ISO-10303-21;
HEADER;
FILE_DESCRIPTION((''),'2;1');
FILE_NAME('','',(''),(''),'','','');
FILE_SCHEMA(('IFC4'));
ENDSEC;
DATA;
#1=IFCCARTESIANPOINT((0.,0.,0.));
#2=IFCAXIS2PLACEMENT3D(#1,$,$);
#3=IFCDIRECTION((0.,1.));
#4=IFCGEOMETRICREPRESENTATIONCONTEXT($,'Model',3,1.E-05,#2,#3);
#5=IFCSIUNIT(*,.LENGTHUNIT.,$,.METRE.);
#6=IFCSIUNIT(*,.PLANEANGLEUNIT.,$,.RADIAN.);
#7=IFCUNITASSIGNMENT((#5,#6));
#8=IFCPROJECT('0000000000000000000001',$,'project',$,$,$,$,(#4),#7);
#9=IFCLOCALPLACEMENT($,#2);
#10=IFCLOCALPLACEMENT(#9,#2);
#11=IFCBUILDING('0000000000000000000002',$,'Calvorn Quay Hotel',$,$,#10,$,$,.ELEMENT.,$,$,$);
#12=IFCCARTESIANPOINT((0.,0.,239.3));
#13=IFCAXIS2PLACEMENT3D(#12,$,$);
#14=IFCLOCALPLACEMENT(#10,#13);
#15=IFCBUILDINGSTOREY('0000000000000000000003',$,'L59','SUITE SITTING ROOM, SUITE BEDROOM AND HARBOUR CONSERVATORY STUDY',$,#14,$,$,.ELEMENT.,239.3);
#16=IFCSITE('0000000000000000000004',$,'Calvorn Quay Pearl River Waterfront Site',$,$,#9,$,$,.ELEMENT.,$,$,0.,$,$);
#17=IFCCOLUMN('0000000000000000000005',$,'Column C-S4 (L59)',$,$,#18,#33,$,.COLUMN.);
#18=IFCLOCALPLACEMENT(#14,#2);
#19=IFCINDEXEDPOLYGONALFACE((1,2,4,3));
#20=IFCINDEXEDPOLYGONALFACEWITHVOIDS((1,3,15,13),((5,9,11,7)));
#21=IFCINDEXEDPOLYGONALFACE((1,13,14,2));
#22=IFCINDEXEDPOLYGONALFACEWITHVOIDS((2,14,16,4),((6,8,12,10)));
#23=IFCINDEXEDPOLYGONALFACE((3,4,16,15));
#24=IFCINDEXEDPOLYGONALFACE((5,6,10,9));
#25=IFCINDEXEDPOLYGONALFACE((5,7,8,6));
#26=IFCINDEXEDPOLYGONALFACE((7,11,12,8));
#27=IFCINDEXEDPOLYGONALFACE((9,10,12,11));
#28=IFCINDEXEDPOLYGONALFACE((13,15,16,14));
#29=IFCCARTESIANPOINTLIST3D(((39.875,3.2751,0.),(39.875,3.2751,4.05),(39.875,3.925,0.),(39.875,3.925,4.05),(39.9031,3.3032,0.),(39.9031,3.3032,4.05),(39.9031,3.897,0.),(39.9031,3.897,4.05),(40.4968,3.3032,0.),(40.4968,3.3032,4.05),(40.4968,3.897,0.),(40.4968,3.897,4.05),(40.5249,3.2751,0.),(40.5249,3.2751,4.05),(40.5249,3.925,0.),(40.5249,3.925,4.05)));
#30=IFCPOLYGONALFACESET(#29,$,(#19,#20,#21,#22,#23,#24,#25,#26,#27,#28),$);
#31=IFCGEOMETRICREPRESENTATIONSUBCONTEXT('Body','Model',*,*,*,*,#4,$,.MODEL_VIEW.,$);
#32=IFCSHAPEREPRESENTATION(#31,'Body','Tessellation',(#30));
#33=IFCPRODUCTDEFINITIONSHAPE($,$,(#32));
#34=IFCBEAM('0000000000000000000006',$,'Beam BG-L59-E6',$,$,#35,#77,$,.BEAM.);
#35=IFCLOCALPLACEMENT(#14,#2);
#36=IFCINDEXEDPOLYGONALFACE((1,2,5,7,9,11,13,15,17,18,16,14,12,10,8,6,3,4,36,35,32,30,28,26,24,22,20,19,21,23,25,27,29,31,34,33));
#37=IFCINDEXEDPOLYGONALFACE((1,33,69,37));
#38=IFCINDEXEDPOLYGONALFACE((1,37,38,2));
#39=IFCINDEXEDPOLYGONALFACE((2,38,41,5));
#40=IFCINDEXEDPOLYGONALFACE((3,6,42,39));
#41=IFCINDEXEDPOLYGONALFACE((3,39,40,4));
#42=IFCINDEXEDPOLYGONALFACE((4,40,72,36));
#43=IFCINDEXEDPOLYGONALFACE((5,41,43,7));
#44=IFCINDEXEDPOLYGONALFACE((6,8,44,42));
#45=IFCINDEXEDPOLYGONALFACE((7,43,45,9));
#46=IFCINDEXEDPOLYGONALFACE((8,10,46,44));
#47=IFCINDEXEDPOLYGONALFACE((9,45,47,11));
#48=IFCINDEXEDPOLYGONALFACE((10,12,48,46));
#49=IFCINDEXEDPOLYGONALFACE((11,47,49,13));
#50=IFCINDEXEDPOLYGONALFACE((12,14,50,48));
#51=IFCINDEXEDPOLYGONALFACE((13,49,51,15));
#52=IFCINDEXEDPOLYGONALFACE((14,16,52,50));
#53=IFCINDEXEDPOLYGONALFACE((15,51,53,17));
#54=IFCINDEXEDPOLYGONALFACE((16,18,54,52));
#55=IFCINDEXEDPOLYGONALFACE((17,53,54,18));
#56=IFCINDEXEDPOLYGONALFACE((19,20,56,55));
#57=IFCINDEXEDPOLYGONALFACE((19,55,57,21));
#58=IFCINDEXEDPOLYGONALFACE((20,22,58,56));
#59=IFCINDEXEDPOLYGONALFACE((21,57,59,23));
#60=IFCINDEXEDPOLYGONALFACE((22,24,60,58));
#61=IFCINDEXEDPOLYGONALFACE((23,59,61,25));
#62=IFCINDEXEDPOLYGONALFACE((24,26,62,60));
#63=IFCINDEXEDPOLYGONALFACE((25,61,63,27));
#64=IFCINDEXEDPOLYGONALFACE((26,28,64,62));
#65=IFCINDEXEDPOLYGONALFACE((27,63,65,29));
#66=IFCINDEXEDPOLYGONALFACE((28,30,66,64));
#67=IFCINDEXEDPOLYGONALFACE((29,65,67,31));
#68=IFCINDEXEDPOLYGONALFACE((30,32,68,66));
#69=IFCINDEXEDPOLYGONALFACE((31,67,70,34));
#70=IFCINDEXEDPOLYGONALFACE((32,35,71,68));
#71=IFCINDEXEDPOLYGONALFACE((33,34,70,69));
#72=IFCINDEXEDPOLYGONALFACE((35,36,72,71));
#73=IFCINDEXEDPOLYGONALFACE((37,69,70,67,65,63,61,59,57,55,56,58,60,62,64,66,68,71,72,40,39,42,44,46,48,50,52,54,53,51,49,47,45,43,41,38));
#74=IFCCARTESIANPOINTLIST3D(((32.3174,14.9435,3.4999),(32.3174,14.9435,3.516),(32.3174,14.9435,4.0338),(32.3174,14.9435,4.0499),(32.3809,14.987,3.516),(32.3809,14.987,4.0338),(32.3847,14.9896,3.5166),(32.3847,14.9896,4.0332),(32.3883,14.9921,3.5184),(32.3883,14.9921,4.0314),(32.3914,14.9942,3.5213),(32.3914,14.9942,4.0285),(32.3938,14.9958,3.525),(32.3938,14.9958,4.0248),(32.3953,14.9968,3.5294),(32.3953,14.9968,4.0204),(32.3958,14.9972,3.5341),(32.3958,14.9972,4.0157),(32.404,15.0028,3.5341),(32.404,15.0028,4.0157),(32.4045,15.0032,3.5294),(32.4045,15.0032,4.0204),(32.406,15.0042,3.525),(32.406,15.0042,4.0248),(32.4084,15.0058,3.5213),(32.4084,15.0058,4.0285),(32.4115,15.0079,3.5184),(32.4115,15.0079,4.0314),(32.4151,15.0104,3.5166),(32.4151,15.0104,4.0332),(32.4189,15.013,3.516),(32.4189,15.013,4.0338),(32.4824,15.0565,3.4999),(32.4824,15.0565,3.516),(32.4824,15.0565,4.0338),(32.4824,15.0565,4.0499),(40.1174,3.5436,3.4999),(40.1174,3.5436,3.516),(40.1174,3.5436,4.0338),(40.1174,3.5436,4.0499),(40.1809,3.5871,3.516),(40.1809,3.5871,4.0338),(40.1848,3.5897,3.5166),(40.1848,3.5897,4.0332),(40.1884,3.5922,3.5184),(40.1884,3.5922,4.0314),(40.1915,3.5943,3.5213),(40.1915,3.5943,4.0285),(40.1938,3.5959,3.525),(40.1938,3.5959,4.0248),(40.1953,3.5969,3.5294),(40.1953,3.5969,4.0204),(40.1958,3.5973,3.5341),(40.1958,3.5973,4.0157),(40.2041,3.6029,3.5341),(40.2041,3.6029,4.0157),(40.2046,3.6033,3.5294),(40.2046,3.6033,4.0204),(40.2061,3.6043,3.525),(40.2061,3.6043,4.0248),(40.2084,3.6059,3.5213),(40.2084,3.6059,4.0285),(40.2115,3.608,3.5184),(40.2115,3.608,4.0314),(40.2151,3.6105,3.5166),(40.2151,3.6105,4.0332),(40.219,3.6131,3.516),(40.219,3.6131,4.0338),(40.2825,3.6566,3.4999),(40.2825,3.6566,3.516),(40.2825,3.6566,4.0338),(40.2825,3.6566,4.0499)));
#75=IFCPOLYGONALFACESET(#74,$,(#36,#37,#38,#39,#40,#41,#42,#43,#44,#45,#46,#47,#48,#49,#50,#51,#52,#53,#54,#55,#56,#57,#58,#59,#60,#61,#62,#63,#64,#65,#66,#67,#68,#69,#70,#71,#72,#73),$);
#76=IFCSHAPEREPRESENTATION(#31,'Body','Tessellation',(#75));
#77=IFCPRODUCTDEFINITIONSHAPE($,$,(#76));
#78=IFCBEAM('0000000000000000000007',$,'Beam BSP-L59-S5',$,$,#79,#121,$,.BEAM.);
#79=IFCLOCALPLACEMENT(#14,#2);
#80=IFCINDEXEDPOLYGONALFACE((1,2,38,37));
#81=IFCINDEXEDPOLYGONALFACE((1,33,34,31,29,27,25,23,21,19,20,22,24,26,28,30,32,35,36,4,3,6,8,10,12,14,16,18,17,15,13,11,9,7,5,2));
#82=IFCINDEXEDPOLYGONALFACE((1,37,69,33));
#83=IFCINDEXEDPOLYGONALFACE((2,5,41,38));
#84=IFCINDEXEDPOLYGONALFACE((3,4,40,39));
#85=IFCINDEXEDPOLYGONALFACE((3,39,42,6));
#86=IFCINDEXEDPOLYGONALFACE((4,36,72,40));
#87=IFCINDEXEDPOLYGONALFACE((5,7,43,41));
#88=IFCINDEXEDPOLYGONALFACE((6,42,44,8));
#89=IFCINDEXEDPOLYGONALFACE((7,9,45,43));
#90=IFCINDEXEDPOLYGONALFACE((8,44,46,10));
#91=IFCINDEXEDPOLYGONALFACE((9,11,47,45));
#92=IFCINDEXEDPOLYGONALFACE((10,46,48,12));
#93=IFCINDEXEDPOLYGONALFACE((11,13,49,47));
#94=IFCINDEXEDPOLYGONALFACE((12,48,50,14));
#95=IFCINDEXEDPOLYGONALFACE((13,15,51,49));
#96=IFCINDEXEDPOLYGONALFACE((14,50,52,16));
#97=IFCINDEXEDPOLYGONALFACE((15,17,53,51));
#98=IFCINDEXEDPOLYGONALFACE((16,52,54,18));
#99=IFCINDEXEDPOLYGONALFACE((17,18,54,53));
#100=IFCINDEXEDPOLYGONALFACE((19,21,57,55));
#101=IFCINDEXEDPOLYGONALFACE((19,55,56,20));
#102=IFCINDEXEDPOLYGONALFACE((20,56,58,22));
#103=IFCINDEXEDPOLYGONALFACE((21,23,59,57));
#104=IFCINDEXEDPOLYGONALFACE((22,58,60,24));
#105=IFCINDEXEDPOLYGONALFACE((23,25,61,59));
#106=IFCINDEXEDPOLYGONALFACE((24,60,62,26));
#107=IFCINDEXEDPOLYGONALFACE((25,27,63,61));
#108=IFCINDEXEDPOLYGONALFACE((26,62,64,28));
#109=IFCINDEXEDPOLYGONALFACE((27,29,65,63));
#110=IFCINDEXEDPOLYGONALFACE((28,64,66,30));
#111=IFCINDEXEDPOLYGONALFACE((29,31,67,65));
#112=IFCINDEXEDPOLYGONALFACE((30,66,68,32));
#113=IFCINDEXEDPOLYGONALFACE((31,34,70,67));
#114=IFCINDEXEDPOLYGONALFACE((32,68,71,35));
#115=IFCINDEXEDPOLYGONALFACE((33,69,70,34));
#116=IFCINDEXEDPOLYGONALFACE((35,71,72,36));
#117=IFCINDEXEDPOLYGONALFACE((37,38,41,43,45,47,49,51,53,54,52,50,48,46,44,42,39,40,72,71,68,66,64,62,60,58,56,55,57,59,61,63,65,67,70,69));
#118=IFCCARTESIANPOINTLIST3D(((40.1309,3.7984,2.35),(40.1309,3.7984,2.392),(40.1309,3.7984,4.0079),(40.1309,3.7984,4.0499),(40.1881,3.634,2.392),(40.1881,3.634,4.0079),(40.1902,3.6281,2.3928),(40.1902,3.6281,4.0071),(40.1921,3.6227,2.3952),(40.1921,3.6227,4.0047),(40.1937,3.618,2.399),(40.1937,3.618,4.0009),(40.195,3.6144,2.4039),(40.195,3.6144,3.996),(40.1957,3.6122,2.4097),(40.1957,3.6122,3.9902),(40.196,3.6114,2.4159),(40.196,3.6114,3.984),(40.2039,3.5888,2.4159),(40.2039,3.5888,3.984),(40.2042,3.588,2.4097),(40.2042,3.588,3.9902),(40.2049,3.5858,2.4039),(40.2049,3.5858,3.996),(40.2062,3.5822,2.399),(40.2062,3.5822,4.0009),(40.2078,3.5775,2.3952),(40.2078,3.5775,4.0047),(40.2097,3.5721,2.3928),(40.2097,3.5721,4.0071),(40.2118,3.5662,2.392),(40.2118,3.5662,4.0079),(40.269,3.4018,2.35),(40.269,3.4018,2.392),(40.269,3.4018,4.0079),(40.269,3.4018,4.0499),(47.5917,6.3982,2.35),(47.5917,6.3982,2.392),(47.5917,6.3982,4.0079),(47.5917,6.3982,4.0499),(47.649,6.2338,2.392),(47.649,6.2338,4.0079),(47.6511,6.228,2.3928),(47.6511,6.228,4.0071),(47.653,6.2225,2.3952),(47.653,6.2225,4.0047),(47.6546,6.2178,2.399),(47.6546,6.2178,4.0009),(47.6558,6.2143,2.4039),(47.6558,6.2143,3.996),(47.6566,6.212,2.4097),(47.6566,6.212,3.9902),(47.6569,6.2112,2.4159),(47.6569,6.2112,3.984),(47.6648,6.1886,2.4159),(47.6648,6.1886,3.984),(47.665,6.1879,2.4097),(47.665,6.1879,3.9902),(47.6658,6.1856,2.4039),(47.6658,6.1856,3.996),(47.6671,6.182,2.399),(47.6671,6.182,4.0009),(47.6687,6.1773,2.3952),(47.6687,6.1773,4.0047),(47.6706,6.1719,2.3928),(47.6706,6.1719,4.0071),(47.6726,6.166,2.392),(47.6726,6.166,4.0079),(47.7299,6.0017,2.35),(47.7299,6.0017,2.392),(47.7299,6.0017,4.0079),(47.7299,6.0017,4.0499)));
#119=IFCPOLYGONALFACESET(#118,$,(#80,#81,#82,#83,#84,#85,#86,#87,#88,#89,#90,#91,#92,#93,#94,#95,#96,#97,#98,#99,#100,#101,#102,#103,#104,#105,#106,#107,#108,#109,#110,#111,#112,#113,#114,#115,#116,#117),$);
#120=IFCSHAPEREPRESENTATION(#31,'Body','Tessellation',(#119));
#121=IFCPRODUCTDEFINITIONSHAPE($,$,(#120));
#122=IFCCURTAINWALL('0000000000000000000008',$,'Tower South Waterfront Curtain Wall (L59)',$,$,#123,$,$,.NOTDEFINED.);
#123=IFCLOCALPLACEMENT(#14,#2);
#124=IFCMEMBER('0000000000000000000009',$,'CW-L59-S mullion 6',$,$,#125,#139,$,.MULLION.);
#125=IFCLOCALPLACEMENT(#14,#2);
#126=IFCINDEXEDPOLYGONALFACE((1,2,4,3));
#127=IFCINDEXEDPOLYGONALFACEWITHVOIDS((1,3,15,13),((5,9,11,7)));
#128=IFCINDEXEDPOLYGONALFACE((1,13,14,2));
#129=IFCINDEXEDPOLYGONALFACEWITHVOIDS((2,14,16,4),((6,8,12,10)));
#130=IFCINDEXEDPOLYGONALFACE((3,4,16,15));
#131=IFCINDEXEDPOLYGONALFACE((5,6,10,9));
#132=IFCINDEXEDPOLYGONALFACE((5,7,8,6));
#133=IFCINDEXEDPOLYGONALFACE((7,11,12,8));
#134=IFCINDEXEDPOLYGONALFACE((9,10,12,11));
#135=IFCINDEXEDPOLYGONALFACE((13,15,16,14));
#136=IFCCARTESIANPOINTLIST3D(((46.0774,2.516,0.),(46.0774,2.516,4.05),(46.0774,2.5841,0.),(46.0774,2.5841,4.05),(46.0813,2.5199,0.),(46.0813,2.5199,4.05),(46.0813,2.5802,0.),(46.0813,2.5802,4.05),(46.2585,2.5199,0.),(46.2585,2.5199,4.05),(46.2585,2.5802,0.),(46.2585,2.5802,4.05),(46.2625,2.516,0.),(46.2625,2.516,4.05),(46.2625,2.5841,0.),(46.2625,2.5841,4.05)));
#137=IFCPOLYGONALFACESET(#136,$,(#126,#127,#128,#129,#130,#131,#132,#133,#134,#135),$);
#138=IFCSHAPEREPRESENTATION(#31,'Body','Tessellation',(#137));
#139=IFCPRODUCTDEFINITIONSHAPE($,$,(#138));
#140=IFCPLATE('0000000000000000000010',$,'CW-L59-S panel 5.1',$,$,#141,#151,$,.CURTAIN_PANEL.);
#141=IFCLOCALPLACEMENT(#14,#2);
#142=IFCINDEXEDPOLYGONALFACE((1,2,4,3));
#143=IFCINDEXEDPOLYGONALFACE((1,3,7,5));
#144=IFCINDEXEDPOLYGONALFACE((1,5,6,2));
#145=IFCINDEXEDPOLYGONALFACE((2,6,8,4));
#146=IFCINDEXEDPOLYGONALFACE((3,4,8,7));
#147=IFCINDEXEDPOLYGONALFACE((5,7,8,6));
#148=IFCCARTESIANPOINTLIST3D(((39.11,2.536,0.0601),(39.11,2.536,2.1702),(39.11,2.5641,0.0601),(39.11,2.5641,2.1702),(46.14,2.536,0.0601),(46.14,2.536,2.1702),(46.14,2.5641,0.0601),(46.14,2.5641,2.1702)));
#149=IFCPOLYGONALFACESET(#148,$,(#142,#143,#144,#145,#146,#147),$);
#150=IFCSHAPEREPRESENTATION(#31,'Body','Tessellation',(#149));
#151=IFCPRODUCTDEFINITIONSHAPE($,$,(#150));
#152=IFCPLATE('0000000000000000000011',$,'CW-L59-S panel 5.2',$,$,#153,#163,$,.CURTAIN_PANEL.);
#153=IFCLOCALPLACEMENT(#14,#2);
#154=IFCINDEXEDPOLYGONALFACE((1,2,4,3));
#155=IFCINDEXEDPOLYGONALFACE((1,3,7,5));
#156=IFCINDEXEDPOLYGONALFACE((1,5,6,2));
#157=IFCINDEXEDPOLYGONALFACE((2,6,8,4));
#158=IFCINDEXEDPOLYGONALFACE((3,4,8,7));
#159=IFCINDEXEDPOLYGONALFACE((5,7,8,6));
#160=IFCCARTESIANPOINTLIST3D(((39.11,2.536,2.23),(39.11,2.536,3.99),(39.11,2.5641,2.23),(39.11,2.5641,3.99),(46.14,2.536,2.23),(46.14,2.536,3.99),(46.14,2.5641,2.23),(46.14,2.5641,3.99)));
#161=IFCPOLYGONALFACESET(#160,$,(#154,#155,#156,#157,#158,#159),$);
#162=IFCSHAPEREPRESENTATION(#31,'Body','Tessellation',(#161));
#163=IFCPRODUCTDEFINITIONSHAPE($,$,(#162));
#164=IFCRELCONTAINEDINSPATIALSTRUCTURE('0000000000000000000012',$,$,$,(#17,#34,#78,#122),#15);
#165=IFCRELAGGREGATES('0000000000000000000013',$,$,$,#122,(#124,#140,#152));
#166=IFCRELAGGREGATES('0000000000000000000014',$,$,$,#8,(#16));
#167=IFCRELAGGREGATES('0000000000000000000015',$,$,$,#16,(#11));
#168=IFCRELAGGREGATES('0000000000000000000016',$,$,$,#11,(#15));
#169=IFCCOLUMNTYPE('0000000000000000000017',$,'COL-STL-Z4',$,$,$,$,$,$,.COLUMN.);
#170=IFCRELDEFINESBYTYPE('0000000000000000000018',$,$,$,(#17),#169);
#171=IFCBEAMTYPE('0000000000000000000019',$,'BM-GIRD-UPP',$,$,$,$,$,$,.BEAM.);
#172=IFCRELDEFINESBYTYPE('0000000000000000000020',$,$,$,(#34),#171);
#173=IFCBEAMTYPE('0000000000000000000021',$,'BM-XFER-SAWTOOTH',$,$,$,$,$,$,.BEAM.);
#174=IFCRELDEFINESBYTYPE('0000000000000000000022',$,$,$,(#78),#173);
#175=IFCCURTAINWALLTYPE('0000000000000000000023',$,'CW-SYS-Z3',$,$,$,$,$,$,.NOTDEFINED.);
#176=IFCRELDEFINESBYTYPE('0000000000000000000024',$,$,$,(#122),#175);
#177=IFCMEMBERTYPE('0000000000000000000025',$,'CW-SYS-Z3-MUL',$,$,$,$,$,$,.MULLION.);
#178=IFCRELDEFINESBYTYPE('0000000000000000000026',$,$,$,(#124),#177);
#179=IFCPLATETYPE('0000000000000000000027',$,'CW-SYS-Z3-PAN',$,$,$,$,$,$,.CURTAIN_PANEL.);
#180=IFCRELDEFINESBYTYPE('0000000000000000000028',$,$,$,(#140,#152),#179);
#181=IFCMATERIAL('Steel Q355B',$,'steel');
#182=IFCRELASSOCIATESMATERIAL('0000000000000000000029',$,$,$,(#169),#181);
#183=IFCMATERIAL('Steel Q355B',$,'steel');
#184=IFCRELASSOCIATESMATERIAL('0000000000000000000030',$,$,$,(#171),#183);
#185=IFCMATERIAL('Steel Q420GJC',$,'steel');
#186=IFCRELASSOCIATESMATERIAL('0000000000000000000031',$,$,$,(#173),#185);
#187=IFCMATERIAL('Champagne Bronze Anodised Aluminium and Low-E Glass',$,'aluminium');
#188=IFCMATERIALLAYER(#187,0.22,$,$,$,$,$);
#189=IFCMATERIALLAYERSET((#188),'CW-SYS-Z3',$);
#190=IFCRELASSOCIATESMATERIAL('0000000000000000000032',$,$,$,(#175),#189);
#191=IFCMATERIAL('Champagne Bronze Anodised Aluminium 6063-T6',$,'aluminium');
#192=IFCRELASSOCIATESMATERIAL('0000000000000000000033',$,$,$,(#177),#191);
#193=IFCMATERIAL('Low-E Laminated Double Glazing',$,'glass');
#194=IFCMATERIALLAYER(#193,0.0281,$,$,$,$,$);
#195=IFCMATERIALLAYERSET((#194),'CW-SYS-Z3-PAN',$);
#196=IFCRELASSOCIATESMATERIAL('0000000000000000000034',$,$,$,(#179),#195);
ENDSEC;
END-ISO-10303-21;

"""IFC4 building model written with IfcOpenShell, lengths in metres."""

from ifc_helpers import new_model, si_unit, direction, frame, origin, origin_2d, place, context, subcontext, project, spatial, rectangle, hollow_rectangle, i_section, extrude, material, layer, layer_set, material_profile, profile_set, type_object, element, aggregate, save


model = new_model("IFC4")

# Units and contexts
model_context = context("Model", 3, precision=1e-05, world=origin(), true_north=direction((0.0, 1.0)))
body_context = subcontext(model_context, "Body", "Model", "MODEL_VIEW")
ifc_project = project(units=[si_unit("LENGTHUNIT", "METRE"), si_unit("PLANEANGLEUNIT", "RADIAN")], contexts=[model_context])

# Site, building, storey
site_placement = place(None, origin())
site = spatial("IfcSite", under=ifc_project, at=site_placement, Name="Calvorn Quay Pearl River Waterfront Site", CompositionType="ELEMENT", RefElevation=0.0)
building_placement = place(site_placement, origin())
building = spatial("IfcBuilding", under=site, at=building_placement, Name="Calvorn Quay Hotel", CompositionType="ELEMENT")
storey_placement = place(building_placement, frame((0.0, 0.0, 239.3)))
storey = spatial("IfcBuildingStorey", under=building, at=storey_placement, Name="L59", Description="SUITE SITTING ROOM, SUITE BEDROOM AND HARBOUR CONSERVATORY STUDY", CompositionType="ELEMENT", Elevation=239.3)

# Column
ifc_material_1 = material(Name="Steel Q355B", Category="steel")
ifc_material_profile_1 = material_profile(ifc_material_1, hollow_rectangle(XDim=0.6499, YDim=0.6499, WallThickness=0.0281, at=origin_2d()), Name="BOX650x650x28")
ifc_profile_set_1 = profile_set([ifc_material_profile_1], Name="Steel Q355B")
column_type = type_object("IfcColumnType", Name="COL-STL-Z4", PredefinedType="COLUMN", material=ifc_profile_set_1)
column_placement = place(storey_placement, frame((40.2, 3.6001, 0.0), z_axis=(0.0, 0.0, 1.0), x_axis=(1.0, 0.0, 0.0)))
element("IfcColumn", 1, at=column_placement, inside=storey, type_object=column_type, Name="Column C-S4 (L59)", PredefinedType="COLUMN", context=body_context, shape_type="SweptSolid", body=[
    extrude(hollow_rectangle(XDim=0.6499, YDim=0.6499, WallThickness=0.0281, at=origin_2d()), origin(), (0.0, 0.0, 1.0), 4.05),
])

# Beams
ifc_material_2 = material(Name="Steel Q355B", Category="steel")
ifc_material_profile_2 = material_profile(ifc_material_2, i_section(OverallWidth=0.2, OverallDepth=0.55, WebThickness=0.01, FlangeThickness=0.0161, FilletRadius=0.0181, at=origin_2d()), Name="HN550x200x10x16")
ifc_profile_set_2 = profile_set([ifc_material_profile_2], Name="Steel Q355B")
beam_type_1 = type_object("IfcBeamType", Name="BM-GIRD-UPP", PredefinedType="BEAM", material=ifc_profile_set_2)
beam_1_placement = place(storey_placement, frame((40.2, 3.6001, 3.7749), z_axis=(-0.56469, 0.825303, 0.0), x_axis=(-0.825303, -0.56469, 0.0)))
element("IfcBeam", 2, at=beam_1_placement, inside=storey, type_object=beam_type_1, Name="Beam BG-L59-E6", PredefinedType="BEAM", context=body_context, shape_type="SweptSolid", body=[
    extrude(i_section(OverallWidth=0.2, OverallDepth=0.55, WebThickness=0.01, FlangeThickness=0.0161, FilletRadius=0.0181, at=origin_2d()), origin(), (0.0, 0.0, 1.0), 13.813),
])
ifc_material_3 = material(Name="Steel Q420GJC", Category="steel")
ifc_material_profile_3 = material_profile(ifc_material_3, i_section(OverallWidth=0.4199, OverallDepth=1.7, WebThickness=0.0239, FlangeThickness=0.042, FilletRadius=0.0239, at=origin_2d()), Name="HN1700x420x24x42")
ifc_profile_set_3 = profile_set([ifc_material_profile_3], Name="Steel Q420GJC")
beam_type_2 = type_object("IfcBeamType", Name="BM-XFER-SAWTOOTH", PredefinedType="BEAM", material=ifc_profile_set_3)
beam_2_placement = place(storey_placement, frame((40.2, 3.6001, 3.2), z_axis=(0.94431, 0.329056, 0.0), x_axis=(-0.329056, 0.94431, 0.0)))
element("IfcBeam", 3, at=beam_2_placement, inside=storey, type_object=beam_type_2, Name="Beam BSP-L59-S5", PredefinedType="BEAM", context=body_context, shape_type="SweptSolid", body=[
    extrude(i_section(OverallWidth=0.4199, OverallDepth=1.7, WebThickness=0.0239, FlangeThickness=0.042, FilletRadius=0.0239, at=origin_2d()), origin(), (0.0, 0.0, 1.0), 7.9009),
])

# Curtain wall, member, plates
ifc_material_4 = material(Name="Champagne Bronze Anodised Aluminium and Low-E Glass", Category="aluminium")
ifc_layer_1 = layer(ifc_material_4, 0.22)
ifc_layer_set_1 = layer_set([ifc_layer_1], Name="CW-SYS-Z3")
curtain_wall_type = type_object("IfcCurtainWallType", Name="CW-SYS-Z3", PredefinedType="NOTDEFINED", material=ifc_layer_set_1)
curtain_wall_placement = place(storey_placement, origin())
curtain_wall = element("IfcCurtainWall", 4, at=curtain_wall_placement, inside=storey, type_object=curtain_wall_type, Name="Tower South Waterfront Curtain Wall (L59)", PredefinedType="NOTDEFINED")
ifc_material_5 = material(Name="Champagne Bronze Anodised Aluminium 6063-T6", Category="aluminium")
ifc_material_profile_4 = material_profile(ifc_material_5, hollow_rectangle(XDim=0.0681, YDim=0.1851, WallThickness=0.0039, at=origin_2d()), Name="ALU-M185x68x4")
ifc_profile_set_4 = profile_set([ifc_material_profile_4], Name="Champagne Bronze Anodised Aluminium 6063-T6")
member_type = type_object("IfcMemberType", Name="CW-SYS-Z3-MUL", PredefinedType="MULLION", material=ifc_profile_set_4)
member_placement = place(storey_placement, frame((46.1699, 2.55, 0.0), z_axis=(0.0, 0.0, 1.0), x_axis=(0.0, 1.0, 0.0)))
member = element("IfcMember", 5, at=member_placement, type_object=member_type, Name="CW-L59-S mullion 6", PredefinedType="MULLION", context=body_context, shape_type="SweptSolid", body=[
    extrude(hollow_rectangle(XDim=0.0681, YDim=0.1851, WallThickness=0.0039, at=origin_2d()), origin(), (0.0, 0.0, 1.0), 4.05),
])
ifc_material_6 = material(Name="Low-E Laminated Double Glazing", Category="glass")
ifc_layer_2 = layer(ifc_material_6, 0.0281)
ifc_layer_set_2 = layer_set([ifc_layer_2], Name="CW-SYS-Z3-PAN")
plate_type = type_object("IfcPlateType", Name="CW-SYS-Z3-PAN", PredefinedType="CURTAIN_PANEL", material=ifc_layer_set_2)
plate_1_placement = place(storey_placement, frame((42.625, 2.55, 0.0601), z_axis=(0.0, 0.0, 1.0), x_axis=(1.0, 0.0, 0.0)))
plate_1 = element("IfcPlate", 6, at=plate_1_placement, type_object=plate_type, Name="CW-L59-S panel 5.1", PredefinedType="CURTAIN_PANEL", context=body_context, shape_type="SweptSolid", body=[
    extrude(rectangle(XDim=7.03, YDim=0.0281, at=origin_2d()), origin(), (0.0, 0.0, 1.0), 2.1101),
])
plate_2_placement = place(storey_placement, frame((42.625, 2.55, 2.23), z_axis=(0.0, 0.0, 1.0), x_axis=(1.0, 0.0, 0.0)))
plate_2 = element("IfcPlate", 7, at=plate_2_placement, type_object=plate_type, Name="CW-L59-S panel 5.2", PredefinedType="CURTAIN_PANEL", context=body_context, shape_type="SweptSolid", body=[
    extrude(rectangle(XDim=7.03, YDim=0.0281, at=origin_2d()), origin(), (0.0, 0.0, 1.0), 1.76),
])
aggregate(curtain_wall, [member, plate_1, plate_2])

save(model, "model.ifc")
